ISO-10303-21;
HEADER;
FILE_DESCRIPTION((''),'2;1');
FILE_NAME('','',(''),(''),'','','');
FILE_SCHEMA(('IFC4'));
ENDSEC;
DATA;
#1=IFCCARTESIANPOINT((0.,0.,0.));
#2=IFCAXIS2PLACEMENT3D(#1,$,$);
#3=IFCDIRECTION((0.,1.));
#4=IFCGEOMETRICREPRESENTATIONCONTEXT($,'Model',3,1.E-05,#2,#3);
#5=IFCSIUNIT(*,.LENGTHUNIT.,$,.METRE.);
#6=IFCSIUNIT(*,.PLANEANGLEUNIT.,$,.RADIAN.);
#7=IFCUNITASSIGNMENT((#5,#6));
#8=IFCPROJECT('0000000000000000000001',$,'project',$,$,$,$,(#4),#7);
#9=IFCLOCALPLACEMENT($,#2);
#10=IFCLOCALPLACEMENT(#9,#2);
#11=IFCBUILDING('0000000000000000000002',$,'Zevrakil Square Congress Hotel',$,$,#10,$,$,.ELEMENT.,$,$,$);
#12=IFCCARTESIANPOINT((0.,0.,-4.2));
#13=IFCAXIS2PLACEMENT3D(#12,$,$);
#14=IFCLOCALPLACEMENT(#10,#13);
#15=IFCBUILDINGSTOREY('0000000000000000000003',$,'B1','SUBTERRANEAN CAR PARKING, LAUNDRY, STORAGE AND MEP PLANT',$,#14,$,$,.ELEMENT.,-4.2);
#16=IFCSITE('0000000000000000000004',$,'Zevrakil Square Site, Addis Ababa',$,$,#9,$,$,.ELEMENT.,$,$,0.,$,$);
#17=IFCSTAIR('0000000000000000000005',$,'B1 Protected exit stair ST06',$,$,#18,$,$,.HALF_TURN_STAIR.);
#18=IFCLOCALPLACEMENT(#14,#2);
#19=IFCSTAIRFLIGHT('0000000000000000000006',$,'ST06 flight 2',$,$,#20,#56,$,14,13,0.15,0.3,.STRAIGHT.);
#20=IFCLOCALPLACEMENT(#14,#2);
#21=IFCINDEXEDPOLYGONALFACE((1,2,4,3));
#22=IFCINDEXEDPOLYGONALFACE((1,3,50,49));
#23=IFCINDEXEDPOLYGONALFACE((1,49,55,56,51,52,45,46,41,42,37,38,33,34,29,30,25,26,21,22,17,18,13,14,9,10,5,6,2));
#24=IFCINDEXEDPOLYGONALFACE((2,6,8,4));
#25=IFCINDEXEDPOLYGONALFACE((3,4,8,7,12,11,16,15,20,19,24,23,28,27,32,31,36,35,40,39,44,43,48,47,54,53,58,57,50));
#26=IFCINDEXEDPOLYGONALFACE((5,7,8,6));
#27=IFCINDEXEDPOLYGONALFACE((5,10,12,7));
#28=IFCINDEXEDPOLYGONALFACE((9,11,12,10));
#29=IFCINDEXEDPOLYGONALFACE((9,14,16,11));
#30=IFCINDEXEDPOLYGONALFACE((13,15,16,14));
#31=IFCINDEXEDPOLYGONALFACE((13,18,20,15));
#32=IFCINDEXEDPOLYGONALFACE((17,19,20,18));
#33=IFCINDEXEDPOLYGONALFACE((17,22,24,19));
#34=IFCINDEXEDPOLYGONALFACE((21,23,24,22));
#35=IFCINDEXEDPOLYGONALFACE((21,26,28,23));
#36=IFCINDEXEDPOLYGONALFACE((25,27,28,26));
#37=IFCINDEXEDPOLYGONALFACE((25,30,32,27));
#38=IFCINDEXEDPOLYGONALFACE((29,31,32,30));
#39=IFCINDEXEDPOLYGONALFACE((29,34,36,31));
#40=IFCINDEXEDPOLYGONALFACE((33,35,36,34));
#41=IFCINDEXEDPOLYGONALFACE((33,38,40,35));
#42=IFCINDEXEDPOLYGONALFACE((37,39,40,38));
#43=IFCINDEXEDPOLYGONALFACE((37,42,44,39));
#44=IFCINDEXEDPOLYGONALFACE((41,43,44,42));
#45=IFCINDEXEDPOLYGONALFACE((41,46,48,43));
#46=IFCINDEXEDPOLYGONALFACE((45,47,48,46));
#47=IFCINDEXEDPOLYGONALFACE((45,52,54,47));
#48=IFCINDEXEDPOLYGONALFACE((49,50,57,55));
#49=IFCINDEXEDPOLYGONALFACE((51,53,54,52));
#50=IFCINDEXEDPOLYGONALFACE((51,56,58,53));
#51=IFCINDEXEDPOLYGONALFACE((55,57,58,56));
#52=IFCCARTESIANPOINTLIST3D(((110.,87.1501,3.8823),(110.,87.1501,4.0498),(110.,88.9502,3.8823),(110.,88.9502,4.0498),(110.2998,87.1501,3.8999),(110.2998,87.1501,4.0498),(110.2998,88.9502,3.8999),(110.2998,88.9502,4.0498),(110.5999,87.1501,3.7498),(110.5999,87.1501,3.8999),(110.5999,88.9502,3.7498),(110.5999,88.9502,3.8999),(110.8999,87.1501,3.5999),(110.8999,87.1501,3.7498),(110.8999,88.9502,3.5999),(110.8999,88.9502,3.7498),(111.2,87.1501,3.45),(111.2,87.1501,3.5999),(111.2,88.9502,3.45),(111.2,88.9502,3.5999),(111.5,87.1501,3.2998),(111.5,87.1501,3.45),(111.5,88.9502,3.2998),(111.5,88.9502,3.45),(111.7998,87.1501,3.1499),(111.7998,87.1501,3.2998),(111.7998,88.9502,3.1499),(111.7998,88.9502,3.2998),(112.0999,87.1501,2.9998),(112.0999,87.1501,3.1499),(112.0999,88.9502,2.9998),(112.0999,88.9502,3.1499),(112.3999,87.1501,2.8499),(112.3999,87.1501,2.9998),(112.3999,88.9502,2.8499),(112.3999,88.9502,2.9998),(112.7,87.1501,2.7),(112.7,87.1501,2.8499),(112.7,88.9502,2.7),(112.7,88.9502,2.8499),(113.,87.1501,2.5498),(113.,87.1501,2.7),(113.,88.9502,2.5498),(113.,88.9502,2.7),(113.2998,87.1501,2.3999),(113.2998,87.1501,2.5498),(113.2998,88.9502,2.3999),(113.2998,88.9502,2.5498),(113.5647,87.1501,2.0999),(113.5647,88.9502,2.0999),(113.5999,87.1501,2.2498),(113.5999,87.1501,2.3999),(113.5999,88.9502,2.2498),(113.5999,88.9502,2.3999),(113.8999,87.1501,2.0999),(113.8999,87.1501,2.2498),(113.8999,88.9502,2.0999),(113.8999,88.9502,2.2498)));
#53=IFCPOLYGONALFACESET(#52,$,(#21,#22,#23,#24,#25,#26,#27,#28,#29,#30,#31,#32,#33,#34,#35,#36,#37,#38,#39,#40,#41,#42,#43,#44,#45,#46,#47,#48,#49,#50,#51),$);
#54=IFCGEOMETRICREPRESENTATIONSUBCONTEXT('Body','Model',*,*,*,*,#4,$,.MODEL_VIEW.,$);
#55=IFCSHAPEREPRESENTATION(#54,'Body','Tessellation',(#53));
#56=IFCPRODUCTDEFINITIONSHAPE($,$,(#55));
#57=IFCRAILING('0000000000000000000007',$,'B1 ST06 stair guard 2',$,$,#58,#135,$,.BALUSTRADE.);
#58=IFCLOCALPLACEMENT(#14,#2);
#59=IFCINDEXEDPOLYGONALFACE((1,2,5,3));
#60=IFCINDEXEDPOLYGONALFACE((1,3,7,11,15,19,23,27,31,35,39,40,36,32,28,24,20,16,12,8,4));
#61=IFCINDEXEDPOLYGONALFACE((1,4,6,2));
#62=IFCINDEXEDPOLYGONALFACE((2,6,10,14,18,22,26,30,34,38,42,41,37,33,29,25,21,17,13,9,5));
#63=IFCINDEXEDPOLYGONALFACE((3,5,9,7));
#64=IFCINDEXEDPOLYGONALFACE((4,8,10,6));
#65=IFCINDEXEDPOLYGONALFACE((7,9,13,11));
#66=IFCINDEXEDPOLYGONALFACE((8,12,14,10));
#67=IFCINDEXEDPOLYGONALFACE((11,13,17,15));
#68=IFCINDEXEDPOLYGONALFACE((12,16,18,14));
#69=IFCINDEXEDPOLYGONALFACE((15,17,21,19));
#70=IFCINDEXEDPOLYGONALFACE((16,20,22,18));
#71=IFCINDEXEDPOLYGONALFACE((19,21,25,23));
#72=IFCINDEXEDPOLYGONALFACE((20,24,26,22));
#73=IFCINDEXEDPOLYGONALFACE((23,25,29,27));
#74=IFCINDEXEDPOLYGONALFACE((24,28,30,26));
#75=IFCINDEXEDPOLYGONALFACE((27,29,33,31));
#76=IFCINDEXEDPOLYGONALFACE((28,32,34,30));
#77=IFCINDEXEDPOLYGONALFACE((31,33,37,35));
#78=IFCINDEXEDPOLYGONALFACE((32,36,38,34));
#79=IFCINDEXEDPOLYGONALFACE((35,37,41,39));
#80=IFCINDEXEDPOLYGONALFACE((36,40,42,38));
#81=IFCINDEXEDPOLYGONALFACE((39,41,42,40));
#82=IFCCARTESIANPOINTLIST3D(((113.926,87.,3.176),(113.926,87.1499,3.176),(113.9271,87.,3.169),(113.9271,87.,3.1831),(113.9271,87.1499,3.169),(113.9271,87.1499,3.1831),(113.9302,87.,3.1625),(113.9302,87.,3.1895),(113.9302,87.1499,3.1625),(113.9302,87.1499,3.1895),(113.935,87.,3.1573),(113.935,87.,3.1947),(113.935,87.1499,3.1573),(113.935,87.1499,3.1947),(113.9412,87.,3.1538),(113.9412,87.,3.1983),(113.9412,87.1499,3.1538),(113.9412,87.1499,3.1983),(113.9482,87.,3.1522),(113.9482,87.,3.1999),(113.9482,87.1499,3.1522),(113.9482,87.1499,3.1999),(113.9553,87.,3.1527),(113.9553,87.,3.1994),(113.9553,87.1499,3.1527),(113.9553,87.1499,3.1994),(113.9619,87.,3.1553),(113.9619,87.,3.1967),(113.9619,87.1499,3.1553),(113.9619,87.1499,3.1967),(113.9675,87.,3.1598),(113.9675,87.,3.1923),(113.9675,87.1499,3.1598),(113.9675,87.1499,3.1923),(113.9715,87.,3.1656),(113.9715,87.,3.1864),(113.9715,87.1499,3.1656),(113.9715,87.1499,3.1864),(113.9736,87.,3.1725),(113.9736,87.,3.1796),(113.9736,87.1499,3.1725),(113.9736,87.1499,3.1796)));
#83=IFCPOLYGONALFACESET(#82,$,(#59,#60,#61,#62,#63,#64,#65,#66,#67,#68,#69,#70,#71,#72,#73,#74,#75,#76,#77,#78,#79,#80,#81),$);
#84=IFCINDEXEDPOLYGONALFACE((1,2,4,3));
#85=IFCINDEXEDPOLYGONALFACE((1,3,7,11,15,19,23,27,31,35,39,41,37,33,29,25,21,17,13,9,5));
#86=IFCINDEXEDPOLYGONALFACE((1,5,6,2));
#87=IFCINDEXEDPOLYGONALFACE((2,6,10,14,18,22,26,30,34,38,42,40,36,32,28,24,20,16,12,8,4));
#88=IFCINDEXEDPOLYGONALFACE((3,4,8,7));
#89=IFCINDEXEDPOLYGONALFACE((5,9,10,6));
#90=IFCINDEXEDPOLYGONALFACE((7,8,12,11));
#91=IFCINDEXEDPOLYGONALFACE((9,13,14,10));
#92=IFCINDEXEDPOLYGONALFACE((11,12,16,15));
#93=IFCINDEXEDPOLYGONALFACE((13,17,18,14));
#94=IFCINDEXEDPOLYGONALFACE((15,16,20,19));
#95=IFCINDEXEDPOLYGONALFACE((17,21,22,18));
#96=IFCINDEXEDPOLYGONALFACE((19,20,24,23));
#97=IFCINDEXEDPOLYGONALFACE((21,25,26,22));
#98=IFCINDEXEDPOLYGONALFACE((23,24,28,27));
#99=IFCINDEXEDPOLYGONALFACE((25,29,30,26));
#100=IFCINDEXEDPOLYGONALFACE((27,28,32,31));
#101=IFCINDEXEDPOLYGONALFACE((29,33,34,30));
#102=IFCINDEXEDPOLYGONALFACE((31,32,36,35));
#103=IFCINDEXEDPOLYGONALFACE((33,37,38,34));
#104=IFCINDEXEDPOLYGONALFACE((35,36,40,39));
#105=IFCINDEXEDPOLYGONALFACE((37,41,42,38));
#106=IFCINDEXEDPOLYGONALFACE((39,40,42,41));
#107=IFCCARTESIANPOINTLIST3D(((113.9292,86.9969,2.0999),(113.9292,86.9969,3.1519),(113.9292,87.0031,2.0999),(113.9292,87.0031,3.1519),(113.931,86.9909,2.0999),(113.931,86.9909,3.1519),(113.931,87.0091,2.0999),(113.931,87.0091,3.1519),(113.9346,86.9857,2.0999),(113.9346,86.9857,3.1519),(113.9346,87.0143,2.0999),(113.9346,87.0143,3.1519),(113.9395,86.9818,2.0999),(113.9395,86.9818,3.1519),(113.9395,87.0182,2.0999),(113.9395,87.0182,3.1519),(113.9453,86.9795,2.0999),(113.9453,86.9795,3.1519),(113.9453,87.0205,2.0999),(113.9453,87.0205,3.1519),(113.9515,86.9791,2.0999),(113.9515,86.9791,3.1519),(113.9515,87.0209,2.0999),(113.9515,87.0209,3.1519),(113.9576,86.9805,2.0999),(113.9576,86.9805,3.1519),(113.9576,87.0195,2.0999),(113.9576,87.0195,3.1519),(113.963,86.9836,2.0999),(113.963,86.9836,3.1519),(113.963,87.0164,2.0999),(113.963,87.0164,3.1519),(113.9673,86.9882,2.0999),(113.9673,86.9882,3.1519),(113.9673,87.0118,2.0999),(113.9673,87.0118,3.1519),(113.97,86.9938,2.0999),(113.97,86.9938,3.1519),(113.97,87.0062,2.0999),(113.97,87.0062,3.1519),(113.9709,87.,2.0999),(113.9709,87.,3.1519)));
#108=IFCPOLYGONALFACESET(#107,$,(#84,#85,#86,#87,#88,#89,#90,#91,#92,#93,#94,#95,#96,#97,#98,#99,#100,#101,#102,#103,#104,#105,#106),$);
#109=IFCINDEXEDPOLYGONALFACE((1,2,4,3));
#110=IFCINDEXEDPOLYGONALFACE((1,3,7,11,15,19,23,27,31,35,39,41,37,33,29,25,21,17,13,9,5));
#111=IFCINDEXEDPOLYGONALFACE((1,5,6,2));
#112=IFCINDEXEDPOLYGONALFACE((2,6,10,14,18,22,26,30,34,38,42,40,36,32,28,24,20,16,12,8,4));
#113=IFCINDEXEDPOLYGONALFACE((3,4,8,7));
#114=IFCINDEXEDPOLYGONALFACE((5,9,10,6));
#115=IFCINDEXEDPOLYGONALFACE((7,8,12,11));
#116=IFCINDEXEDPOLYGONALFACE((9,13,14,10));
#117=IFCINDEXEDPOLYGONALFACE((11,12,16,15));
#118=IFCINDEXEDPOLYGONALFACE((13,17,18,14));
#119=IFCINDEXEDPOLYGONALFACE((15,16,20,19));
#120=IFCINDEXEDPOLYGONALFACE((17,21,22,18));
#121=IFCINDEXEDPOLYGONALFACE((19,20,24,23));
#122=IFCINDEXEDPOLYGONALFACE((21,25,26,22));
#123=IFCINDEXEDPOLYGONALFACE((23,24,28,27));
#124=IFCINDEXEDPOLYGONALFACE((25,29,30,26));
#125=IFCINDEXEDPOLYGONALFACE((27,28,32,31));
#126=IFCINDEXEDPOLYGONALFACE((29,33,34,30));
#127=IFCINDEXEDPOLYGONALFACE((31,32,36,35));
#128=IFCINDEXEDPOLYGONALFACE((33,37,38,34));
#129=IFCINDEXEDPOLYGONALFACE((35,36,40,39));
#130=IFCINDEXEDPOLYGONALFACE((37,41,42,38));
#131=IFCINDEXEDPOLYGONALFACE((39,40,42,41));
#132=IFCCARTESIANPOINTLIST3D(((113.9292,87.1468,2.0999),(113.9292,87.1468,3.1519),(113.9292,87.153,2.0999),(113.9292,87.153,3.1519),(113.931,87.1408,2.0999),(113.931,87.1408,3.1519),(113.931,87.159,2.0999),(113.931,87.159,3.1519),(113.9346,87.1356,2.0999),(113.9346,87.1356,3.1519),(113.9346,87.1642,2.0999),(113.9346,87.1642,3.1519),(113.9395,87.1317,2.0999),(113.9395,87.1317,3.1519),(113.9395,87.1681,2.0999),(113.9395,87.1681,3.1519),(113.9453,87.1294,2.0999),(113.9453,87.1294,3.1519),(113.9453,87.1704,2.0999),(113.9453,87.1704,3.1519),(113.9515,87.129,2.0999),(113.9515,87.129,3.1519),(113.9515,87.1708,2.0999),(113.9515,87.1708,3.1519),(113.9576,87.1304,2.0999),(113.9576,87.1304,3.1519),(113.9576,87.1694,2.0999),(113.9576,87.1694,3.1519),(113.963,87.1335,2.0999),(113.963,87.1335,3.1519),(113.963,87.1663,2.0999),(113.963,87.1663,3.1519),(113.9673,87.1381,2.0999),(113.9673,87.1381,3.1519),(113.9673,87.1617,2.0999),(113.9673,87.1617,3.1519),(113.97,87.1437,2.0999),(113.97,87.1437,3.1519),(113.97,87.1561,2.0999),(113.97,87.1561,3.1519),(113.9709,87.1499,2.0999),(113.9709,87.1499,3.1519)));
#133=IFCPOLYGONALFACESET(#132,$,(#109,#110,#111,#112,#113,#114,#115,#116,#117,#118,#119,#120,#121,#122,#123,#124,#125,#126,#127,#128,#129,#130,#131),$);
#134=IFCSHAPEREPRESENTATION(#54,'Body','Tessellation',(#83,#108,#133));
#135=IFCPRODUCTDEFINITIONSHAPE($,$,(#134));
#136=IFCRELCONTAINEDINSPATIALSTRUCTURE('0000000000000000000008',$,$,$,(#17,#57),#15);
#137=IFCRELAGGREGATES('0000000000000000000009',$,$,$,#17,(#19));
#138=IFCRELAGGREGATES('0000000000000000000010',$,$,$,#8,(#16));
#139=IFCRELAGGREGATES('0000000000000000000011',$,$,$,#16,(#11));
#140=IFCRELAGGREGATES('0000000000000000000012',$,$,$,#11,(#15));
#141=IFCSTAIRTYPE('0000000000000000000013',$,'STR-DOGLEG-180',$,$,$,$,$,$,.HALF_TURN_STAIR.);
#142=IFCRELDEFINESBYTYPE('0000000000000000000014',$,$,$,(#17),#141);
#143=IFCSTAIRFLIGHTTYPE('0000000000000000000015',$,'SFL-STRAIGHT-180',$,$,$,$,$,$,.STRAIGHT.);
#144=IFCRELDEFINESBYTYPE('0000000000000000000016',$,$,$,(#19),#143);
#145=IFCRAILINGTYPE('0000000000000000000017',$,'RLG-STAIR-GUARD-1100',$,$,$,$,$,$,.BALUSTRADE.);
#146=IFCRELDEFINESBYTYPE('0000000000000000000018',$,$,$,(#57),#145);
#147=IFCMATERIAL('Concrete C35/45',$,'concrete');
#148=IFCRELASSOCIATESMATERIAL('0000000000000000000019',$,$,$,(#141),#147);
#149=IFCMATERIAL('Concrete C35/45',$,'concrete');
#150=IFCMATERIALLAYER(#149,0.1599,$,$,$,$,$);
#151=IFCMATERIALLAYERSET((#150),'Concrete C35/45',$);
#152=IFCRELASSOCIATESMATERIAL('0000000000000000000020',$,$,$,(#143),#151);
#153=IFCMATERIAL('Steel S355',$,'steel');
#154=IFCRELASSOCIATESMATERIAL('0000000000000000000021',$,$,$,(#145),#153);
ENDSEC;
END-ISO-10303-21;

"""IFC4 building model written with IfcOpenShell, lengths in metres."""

from ifc_helpers import new_model, si_unit, direction, frame, origin, origin_2d, place, context, subcontext, project, spatial, polyline, circle, outline, extrude, material, layer, layer_set, type_object, element, aggregate, save


model = new_model("IFC4")

# Units and contexts
model_context = context("Model", 3, precision=1e-05, world=origin(), true_north=direction((0.0, 1.0)))
body_context = subcontext(model_context, "Body", "Model", "MODEL_VIEW")
ifc_project = project(units=[si_unit("LENGTHUNIT", "METRE"), si_unit("PLANEANGLEUNIT", "RADIAN")], contexts=[model_context])

# Site, building, storey
site_placement = place(None, origin())
site = spatial("IfcSite", under=ifc_project, at=site_placement, Name="Zevrakil Square Site, Addis Ababa", CompositionType="ELEMENT", RefElevation=0.0)
building_placement = place(site_placement, origin())
building = spatial("IfcBuilding", under=site, at=building_placement, Name="Zevrakil Square Congress Hotel", CompositionType="ELEMENT")
storey_placement = place(building_placement, frame((0.0, 0.0, -4.2)))
storey = spatial("IfcBuildingStorey", under=building, at=storey_placement, Name="B1", Description="SUBTERRANEAN CAR PARKING, LAUNDRY, STORAGE AND MEP PLANT", CompositionType="ELEMENT", Elevation=-4.2)

# Stair, stair flight
ifc_material_1 = material(Name="Concrete C35/45", Category="concrete")
stair_type = type_object("IfcStairType", Name="STR-DOGLEG-180", PredefinedType="HALF_TURN_STAIR", material=ifc_material_1)
stair_placement = place(storey_placement, origin())
stair = element("IfcStair", 1, at=stair_placement, inside=storey, type_object=stair_type, Name="B1 Protected exit stair ST06", PredefinedType="HALF_TURN_STAIR")
ifc_material_2 = material(Name="Concrete C35/45", Category="concrete")
ifc_layer_1 = layer(ifc_material_2, 0.1599)
ifc_layer_set_1 = layer_set([ifc_layer_1], Name="Concrete C35/45")
stair_flight_type = type_object("IfcStairFlightType", Name="SFL-STRAIGHT-180", PredefinedType="STRAIGHT", material=ifc_layer_set_1)
stair_flight_placement = place(storey_placement, frame((113.8999, 88.05, 2.0999), z_axis=(0.0, 0.0, 1.0), x_axis=(-1.0, 0.0, 0.0)))
stair_flight = element("IfcStairFlight", 2, at=stair_flight_placement, type_object=stair_flight_type, Name="ST06 flight 2", NumberOfRisers=14, NumberOfTreads=13, PredefinedType="STRAIGHT", RiserHeight=0.15, TreadLength=0.3, context=body_context, shape_type="SweptSolid", body=[
    extrude(outline(polyline([(0.0, 0.0), (0.0, 0.1499), (0.3, 0.1499), (0.3, 0.3), (0.6001, 0.3), (0.6001, 0.45), (0.8999, 0.45), (0.8999, 0.6001), (1.2, 0.6001), (1.2, 0.75), (1.5, 0.75), (1.5, 0.8999), (1.8, 0.8999), (1.8, 1.05), (2.1001, 1.05), (2.1001, 1.2), (2.3999, 1.2), (2.3999, 1.3501), (2.7, 1.3501), (2.7, 1.5), (3.0, 1.5), (3.0, 1.6499), (3.3, 1.6499), (3.3, 1.8), (3.6001, 1.8), (3.6001, 1.95), (3.8999, 1.95), (3.8999, 2.1001), (3.8999, 1.7825), (0.3352, 0.0), (0.0, 0.0)])), frame((0.0, 0.8999, 0.0), z_axis=(0.0, -1.0, 0.0), x_axis=(1.0, 0.0, 0.0)), (0.0, 0.0, 1.0), 1.8),
])
aggregate(stair, [stair_flight])

# Railing
ifc_material_3 = material(Name="Steel S355", Category="steel")
railing_type_1 = type_object("IfcRailingType", Name="RLG-STAIR-GUARD-1100", PredefinedType="BALUSTRADE", material=ifc_material_3)
railing_1_placement = place(storey_placement, frame((113.95, 87.0, 2.0999)))
element("IfcRailing", 3, at=railing_1_placement, inside=storey, type_object=railing_type_1, Name="B1 ST06 stair guard 2", PredefinedType="BALUSTRADE", context=body_context, shape_type="SweptSolid", body=[
    extrude(circle(Radius=0.0239, at=origin_2d()), frame((0.0, 0.0, 1.0762), z_axis=(0.0, 1.0, 0.0), x_axis=(-1.0, 0.0, 0.0)), (0.0, 0.0, 1.0), 0.1499),
    extrude(circle(Radius=0.021, at=origin_2d()), origin(), (0.0, 0.0, 1.0), 1.052),
    extrude(circle(Radius=0.021, at=origin_2d()), frame((0.0, 0.1499, 0.0)), (0.0, 0.0, 1.0), 1.052),
])

save(model, "model.ifc")
